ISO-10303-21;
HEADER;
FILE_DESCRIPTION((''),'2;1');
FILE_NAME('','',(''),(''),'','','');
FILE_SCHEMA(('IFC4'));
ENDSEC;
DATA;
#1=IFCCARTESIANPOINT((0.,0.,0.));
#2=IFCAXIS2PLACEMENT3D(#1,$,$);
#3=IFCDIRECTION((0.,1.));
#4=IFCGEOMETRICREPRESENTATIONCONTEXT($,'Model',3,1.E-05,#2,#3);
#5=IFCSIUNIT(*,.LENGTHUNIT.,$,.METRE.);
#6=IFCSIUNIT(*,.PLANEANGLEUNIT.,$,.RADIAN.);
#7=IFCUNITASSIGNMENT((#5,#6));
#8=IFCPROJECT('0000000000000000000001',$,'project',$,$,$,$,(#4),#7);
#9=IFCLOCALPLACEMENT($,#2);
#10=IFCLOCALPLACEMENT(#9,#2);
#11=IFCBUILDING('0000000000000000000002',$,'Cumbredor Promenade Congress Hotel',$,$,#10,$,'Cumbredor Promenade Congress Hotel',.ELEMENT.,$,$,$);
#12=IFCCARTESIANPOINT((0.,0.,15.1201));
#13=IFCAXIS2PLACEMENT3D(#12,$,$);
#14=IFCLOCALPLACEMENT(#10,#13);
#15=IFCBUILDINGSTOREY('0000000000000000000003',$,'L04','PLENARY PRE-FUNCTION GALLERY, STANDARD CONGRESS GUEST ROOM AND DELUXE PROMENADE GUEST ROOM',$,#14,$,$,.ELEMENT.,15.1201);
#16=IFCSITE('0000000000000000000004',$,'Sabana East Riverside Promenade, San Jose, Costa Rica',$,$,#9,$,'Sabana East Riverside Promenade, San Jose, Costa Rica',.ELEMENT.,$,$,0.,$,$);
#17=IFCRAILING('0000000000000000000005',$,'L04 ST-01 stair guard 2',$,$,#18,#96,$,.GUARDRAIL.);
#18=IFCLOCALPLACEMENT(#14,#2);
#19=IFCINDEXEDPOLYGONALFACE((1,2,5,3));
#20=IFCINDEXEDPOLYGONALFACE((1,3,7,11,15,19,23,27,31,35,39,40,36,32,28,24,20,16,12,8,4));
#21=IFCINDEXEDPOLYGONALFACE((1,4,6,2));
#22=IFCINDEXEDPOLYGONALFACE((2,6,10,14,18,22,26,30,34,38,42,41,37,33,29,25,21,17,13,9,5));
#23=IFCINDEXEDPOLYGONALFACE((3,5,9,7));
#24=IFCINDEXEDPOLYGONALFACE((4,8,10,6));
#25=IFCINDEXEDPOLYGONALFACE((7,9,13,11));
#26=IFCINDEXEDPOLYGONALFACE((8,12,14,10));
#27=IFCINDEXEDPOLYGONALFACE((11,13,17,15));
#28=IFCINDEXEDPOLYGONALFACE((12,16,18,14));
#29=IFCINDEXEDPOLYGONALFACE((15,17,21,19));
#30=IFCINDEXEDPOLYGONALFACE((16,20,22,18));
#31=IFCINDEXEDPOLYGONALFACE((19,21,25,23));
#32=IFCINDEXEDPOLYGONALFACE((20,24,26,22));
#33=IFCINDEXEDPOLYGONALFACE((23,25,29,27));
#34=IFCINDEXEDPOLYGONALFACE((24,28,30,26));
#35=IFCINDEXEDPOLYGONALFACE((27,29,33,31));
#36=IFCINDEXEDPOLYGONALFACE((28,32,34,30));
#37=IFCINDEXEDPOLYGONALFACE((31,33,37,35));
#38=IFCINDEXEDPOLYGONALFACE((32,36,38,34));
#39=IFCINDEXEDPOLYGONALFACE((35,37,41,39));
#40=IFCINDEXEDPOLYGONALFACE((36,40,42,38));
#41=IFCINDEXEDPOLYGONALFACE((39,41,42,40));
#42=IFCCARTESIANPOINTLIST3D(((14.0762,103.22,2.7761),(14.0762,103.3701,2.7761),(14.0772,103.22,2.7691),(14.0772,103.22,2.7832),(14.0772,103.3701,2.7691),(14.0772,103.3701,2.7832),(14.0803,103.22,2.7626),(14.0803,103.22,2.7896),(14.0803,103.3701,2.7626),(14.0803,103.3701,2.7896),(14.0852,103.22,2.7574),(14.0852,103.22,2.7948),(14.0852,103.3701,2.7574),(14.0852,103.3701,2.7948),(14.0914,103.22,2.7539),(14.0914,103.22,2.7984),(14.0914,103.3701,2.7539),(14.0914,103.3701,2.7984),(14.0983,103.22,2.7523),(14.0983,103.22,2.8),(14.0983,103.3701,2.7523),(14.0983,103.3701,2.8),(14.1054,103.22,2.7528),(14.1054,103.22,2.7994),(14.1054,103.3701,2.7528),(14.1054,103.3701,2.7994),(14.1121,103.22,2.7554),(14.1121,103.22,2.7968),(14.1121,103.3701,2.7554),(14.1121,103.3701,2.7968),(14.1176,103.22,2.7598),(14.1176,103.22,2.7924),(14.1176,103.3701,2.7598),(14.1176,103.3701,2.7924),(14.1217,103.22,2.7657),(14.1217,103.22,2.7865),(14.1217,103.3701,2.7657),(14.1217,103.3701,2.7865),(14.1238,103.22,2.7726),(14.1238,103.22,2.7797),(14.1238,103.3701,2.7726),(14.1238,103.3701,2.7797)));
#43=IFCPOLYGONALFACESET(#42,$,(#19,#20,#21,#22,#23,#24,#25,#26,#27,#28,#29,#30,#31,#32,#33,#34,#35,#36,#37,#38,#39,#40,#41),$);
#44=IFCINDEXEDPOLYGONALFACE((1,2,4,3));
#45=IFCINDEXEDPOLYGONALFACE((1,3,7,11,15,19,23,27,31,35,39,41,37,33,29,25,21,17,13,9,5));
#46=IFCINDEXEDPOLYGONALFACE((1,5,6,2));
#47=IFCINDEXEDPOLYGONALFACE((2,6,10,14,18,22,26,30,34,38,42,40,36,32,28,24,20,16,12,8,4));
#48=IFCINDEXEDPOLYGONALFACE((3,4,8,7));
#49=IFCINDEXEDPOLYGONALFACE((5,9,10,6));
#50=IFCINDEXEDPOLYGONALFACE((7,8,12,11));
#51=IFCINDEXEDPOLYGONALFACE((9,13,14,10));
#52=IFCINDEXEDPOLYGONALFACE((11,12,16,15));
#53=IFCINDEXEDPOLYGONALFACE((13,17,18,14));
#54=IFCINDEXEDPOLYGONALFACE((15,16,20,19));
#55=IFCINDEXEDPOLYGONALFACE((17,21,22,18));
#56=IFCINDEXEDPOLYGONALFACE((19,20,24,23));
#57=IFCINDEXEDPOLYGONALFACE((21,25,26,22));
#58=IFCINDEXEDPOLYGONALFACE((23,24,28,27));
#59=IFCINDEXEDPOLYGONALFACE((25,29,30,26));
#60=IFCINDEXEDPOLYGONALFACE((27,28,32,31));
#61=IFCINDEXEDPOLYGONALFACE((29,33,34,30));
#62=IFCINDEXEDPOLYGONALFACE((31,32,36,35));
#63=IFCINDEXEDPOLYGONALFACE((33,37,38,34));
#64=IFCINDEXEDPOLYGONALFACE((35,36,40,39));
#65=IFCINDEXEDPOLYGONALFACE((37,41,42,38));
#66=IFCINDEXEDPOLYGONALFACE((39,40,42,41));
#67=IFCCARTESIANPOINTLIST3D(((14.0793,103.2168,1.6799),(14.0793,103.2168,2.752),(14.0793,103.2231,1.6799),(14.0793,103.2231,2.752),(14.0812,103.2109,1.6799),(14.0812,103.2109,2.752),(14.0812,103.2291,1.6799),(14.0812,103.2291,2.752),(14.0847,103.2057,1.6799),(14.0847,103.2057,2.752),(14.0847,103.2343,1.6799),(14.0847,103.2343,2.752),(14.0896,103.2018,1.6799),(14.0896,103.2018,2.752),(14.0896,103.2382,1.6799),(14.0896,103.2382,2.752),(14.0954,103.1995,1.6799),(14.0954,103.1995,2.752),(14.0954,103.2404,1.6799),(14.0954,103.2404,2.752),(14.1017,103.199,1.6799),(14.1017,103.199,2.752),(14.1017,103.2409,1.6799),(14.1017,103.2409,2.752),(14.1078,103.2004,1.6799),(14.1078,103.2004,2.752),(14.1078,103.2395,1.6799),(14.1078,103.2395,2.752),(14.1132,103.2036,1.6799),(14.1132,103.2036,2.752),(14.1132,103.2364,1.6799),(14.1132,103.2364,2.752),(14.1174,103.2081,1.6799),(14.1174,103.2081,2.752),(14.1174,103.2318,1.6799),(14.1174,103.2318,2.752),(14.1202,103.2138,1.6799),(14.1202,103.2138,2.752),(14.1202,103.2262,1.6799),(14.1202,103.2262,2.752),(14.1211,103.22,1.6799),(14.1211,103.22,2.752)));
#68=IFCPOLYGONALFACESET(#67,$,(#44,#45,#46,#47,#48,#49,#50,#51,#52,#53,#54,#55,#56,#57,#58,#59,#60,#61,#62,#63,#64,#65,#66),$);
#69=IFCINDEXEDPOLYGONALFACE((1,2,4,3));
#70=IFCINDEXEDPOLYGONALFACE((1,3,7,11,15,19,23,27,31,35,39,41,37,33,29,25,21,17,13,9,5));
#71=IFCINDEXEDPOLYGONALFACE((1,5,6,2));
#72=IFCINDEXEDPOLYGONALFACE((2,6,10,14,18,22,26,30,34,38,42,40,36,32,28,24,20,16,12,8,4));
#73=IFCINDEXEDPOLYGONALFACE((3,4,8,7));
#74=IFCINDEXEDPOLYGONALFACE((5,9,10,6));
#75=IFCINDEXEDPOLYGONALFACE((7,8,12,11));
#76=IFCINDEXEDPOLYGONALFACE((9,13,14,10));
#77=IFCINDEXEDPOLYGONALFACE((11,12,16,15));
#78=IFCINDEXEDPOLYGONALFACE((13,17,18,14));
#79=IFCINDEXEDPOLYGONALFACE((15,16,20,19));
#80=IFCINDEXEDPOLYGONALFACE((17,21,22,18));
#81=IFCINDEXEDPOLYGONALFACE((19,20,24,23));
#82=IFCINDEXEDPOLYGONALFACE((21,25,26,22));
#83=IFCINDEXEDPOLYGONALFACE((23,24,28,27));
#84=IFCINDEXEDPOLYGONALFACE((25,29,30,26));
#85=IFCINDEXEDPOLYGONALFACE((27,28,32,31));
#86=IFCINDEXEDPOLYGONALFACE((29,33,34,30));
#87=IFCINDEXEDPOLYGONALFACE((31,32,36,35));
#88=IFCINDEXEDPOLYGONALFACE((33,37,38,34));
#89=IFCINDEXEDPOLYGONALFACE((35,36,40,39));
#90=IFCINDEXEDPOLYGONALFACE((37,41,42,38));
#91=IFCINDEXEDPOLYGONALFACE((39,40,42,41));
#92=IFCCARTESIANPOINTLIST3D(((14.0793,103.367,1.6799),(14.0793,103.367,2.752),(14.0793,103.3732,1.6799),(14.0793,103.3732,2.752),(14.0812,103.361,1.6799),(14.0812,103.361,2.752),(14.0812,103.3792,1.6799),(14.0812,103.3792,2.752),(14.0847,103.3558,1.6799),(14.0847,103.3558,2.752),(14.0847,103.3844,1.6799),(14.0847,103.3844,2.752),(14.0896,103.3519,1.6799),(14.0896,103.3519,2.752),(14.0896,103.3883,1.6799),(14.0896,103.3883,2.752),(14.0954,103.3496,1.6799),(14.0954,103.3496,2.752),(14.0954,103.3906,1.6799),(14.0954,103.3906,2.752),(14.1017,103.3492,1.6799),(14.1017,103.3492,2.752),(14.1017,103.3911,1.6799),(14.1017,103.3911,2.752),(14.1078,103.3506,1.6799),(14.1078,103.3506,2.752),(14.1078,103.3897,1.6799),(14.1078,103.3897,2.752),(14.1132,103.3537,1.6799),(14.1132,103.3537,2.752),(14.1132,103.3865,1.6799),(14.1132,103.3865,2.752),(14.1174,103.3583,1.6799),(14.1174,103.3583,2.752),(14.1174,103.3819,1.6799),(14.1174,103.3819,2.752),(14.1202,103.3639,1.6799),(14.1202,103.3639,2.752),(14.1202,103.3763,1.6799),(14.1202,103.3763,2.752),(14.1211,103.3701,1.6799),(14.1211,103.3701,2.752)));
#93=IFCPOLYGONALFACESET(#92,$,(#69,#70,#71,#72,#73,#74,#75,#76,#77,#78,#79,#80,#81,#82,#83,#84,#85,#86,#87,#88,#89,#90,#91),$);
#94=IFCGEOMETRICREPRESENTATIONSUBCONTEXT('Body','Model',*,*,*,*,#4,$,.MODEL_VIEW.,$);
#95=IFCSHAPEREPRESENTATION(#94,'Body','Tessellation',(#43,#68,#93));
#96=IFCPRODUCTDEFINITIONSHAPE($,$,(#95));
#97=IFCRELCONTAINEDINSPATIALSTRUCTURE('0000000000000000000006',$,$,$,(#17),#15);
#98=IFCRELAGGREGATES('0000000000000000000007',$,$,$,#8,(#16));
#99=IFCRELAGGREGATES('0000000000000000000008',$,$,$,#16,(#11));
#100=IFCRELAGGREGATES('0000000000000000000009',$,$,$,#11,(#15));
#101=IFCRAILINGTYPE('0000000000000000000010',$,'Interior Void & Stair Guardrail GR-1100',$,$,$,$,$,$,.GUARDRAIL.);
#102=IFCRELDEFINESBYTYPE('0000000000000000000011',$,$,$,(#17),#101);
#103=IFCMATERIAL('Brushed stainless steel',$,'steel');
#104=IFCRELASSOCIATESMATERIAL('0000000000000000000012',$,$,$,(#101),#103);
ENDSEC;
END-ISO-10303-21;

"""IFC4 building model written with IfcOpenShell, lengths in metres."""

from ifc_helpers import new_model, si_unit, direction, frame, origin, origin_2d, place, context, subcontext, project, spatial, circle, extrude, material, type_object, element, save


model = new_model("IFC4")

# Units and contexts
model_context = context("Model", 3, precision=1e-05, world=origin(), true_north=direction((0.0, 1.0)))
body_context = subcontext(model_context, "Body", "Model", "MODEL_VIEW")
ifc_project = project(units=[si_unit("LENGTHUNIT", "METRE"), si_unit("PLANEANGLEUNIT", "RADIAN")], contexts=[model_context])

# Site, building, storey
site_placement = place(None, origin())
site = spatial("IfcSite", under=ifc_project, at=site_placement, Name="Sabana East Riverside Promenade, San Jose, Costa Rica", LongName="Sabana East Riverside Promenade, San Jose, Costa Rica", CompositionType="ELEMENT", RefElevation=0.0)
building_placement = place(site_placement, origin())
building = spatial("IfcBuilding", under=site, at=building_placement, Name="Cumbredor Promenade Congress Hotel", LongName="Cumbredor Promenade Congress Hotel", CompositionType="ELEMENT")
storey_placement = place(building_placement, frame((0.0, 0.0, 15.1201)))
storey = spatial("IfcBuildingStorey", under=building, at=storey_placement, Name="L04", Description="PLENARY PRE-FUNCTION GALLERY, STANDARD CONGRESS GUEST ROOM AND DELUXE PROMENADE GUEST ROOM", CompositionType="ELEMENT", Elevation=15.1201)

# Railing
ifc_material_1 = material(Name="Brushed stainless steel", Category="steel")
railing_type_1 = type_object("IfcRailingType", Name="Interior Void & Stair Guardrail GR-1100", PredefinedType="GUARDRAIL", material=ifc_material_1)
railing_1_placement = place(storey_placement, frame((14.1001, 103.22, 1.6799)))
element("IfcRailing", 1, at=railing_1_placement, inside=storey, type_object=railing_type_1, Name="L04 ST-01 stair guard 2", PredefinedType="GUARDRAIL", context=body_context, shape_type="SweptSolid", body=[
    extrude(circle(Radius=0.0239, at=origin_2d()), frame((0.0, 0.0, 1.0962), z_axis=(0.0, 1.0, 0.0), x_axis=(-1.0, 0.0, 0.0)), (0.0, 0.0, 1.0), 0.1501),
    extrude(circle(Radius=0.021, at=origin_2d()), origin(), (0.0, 0.0, 1.0), 1.072),
    extrude(circle(Radius=0.021, at=origin_2d()), frame((0.0, 0.1501, 0.0)), (0.0, 0.0, 1.0), 1.072),
])

save(model, "model.ifc")
